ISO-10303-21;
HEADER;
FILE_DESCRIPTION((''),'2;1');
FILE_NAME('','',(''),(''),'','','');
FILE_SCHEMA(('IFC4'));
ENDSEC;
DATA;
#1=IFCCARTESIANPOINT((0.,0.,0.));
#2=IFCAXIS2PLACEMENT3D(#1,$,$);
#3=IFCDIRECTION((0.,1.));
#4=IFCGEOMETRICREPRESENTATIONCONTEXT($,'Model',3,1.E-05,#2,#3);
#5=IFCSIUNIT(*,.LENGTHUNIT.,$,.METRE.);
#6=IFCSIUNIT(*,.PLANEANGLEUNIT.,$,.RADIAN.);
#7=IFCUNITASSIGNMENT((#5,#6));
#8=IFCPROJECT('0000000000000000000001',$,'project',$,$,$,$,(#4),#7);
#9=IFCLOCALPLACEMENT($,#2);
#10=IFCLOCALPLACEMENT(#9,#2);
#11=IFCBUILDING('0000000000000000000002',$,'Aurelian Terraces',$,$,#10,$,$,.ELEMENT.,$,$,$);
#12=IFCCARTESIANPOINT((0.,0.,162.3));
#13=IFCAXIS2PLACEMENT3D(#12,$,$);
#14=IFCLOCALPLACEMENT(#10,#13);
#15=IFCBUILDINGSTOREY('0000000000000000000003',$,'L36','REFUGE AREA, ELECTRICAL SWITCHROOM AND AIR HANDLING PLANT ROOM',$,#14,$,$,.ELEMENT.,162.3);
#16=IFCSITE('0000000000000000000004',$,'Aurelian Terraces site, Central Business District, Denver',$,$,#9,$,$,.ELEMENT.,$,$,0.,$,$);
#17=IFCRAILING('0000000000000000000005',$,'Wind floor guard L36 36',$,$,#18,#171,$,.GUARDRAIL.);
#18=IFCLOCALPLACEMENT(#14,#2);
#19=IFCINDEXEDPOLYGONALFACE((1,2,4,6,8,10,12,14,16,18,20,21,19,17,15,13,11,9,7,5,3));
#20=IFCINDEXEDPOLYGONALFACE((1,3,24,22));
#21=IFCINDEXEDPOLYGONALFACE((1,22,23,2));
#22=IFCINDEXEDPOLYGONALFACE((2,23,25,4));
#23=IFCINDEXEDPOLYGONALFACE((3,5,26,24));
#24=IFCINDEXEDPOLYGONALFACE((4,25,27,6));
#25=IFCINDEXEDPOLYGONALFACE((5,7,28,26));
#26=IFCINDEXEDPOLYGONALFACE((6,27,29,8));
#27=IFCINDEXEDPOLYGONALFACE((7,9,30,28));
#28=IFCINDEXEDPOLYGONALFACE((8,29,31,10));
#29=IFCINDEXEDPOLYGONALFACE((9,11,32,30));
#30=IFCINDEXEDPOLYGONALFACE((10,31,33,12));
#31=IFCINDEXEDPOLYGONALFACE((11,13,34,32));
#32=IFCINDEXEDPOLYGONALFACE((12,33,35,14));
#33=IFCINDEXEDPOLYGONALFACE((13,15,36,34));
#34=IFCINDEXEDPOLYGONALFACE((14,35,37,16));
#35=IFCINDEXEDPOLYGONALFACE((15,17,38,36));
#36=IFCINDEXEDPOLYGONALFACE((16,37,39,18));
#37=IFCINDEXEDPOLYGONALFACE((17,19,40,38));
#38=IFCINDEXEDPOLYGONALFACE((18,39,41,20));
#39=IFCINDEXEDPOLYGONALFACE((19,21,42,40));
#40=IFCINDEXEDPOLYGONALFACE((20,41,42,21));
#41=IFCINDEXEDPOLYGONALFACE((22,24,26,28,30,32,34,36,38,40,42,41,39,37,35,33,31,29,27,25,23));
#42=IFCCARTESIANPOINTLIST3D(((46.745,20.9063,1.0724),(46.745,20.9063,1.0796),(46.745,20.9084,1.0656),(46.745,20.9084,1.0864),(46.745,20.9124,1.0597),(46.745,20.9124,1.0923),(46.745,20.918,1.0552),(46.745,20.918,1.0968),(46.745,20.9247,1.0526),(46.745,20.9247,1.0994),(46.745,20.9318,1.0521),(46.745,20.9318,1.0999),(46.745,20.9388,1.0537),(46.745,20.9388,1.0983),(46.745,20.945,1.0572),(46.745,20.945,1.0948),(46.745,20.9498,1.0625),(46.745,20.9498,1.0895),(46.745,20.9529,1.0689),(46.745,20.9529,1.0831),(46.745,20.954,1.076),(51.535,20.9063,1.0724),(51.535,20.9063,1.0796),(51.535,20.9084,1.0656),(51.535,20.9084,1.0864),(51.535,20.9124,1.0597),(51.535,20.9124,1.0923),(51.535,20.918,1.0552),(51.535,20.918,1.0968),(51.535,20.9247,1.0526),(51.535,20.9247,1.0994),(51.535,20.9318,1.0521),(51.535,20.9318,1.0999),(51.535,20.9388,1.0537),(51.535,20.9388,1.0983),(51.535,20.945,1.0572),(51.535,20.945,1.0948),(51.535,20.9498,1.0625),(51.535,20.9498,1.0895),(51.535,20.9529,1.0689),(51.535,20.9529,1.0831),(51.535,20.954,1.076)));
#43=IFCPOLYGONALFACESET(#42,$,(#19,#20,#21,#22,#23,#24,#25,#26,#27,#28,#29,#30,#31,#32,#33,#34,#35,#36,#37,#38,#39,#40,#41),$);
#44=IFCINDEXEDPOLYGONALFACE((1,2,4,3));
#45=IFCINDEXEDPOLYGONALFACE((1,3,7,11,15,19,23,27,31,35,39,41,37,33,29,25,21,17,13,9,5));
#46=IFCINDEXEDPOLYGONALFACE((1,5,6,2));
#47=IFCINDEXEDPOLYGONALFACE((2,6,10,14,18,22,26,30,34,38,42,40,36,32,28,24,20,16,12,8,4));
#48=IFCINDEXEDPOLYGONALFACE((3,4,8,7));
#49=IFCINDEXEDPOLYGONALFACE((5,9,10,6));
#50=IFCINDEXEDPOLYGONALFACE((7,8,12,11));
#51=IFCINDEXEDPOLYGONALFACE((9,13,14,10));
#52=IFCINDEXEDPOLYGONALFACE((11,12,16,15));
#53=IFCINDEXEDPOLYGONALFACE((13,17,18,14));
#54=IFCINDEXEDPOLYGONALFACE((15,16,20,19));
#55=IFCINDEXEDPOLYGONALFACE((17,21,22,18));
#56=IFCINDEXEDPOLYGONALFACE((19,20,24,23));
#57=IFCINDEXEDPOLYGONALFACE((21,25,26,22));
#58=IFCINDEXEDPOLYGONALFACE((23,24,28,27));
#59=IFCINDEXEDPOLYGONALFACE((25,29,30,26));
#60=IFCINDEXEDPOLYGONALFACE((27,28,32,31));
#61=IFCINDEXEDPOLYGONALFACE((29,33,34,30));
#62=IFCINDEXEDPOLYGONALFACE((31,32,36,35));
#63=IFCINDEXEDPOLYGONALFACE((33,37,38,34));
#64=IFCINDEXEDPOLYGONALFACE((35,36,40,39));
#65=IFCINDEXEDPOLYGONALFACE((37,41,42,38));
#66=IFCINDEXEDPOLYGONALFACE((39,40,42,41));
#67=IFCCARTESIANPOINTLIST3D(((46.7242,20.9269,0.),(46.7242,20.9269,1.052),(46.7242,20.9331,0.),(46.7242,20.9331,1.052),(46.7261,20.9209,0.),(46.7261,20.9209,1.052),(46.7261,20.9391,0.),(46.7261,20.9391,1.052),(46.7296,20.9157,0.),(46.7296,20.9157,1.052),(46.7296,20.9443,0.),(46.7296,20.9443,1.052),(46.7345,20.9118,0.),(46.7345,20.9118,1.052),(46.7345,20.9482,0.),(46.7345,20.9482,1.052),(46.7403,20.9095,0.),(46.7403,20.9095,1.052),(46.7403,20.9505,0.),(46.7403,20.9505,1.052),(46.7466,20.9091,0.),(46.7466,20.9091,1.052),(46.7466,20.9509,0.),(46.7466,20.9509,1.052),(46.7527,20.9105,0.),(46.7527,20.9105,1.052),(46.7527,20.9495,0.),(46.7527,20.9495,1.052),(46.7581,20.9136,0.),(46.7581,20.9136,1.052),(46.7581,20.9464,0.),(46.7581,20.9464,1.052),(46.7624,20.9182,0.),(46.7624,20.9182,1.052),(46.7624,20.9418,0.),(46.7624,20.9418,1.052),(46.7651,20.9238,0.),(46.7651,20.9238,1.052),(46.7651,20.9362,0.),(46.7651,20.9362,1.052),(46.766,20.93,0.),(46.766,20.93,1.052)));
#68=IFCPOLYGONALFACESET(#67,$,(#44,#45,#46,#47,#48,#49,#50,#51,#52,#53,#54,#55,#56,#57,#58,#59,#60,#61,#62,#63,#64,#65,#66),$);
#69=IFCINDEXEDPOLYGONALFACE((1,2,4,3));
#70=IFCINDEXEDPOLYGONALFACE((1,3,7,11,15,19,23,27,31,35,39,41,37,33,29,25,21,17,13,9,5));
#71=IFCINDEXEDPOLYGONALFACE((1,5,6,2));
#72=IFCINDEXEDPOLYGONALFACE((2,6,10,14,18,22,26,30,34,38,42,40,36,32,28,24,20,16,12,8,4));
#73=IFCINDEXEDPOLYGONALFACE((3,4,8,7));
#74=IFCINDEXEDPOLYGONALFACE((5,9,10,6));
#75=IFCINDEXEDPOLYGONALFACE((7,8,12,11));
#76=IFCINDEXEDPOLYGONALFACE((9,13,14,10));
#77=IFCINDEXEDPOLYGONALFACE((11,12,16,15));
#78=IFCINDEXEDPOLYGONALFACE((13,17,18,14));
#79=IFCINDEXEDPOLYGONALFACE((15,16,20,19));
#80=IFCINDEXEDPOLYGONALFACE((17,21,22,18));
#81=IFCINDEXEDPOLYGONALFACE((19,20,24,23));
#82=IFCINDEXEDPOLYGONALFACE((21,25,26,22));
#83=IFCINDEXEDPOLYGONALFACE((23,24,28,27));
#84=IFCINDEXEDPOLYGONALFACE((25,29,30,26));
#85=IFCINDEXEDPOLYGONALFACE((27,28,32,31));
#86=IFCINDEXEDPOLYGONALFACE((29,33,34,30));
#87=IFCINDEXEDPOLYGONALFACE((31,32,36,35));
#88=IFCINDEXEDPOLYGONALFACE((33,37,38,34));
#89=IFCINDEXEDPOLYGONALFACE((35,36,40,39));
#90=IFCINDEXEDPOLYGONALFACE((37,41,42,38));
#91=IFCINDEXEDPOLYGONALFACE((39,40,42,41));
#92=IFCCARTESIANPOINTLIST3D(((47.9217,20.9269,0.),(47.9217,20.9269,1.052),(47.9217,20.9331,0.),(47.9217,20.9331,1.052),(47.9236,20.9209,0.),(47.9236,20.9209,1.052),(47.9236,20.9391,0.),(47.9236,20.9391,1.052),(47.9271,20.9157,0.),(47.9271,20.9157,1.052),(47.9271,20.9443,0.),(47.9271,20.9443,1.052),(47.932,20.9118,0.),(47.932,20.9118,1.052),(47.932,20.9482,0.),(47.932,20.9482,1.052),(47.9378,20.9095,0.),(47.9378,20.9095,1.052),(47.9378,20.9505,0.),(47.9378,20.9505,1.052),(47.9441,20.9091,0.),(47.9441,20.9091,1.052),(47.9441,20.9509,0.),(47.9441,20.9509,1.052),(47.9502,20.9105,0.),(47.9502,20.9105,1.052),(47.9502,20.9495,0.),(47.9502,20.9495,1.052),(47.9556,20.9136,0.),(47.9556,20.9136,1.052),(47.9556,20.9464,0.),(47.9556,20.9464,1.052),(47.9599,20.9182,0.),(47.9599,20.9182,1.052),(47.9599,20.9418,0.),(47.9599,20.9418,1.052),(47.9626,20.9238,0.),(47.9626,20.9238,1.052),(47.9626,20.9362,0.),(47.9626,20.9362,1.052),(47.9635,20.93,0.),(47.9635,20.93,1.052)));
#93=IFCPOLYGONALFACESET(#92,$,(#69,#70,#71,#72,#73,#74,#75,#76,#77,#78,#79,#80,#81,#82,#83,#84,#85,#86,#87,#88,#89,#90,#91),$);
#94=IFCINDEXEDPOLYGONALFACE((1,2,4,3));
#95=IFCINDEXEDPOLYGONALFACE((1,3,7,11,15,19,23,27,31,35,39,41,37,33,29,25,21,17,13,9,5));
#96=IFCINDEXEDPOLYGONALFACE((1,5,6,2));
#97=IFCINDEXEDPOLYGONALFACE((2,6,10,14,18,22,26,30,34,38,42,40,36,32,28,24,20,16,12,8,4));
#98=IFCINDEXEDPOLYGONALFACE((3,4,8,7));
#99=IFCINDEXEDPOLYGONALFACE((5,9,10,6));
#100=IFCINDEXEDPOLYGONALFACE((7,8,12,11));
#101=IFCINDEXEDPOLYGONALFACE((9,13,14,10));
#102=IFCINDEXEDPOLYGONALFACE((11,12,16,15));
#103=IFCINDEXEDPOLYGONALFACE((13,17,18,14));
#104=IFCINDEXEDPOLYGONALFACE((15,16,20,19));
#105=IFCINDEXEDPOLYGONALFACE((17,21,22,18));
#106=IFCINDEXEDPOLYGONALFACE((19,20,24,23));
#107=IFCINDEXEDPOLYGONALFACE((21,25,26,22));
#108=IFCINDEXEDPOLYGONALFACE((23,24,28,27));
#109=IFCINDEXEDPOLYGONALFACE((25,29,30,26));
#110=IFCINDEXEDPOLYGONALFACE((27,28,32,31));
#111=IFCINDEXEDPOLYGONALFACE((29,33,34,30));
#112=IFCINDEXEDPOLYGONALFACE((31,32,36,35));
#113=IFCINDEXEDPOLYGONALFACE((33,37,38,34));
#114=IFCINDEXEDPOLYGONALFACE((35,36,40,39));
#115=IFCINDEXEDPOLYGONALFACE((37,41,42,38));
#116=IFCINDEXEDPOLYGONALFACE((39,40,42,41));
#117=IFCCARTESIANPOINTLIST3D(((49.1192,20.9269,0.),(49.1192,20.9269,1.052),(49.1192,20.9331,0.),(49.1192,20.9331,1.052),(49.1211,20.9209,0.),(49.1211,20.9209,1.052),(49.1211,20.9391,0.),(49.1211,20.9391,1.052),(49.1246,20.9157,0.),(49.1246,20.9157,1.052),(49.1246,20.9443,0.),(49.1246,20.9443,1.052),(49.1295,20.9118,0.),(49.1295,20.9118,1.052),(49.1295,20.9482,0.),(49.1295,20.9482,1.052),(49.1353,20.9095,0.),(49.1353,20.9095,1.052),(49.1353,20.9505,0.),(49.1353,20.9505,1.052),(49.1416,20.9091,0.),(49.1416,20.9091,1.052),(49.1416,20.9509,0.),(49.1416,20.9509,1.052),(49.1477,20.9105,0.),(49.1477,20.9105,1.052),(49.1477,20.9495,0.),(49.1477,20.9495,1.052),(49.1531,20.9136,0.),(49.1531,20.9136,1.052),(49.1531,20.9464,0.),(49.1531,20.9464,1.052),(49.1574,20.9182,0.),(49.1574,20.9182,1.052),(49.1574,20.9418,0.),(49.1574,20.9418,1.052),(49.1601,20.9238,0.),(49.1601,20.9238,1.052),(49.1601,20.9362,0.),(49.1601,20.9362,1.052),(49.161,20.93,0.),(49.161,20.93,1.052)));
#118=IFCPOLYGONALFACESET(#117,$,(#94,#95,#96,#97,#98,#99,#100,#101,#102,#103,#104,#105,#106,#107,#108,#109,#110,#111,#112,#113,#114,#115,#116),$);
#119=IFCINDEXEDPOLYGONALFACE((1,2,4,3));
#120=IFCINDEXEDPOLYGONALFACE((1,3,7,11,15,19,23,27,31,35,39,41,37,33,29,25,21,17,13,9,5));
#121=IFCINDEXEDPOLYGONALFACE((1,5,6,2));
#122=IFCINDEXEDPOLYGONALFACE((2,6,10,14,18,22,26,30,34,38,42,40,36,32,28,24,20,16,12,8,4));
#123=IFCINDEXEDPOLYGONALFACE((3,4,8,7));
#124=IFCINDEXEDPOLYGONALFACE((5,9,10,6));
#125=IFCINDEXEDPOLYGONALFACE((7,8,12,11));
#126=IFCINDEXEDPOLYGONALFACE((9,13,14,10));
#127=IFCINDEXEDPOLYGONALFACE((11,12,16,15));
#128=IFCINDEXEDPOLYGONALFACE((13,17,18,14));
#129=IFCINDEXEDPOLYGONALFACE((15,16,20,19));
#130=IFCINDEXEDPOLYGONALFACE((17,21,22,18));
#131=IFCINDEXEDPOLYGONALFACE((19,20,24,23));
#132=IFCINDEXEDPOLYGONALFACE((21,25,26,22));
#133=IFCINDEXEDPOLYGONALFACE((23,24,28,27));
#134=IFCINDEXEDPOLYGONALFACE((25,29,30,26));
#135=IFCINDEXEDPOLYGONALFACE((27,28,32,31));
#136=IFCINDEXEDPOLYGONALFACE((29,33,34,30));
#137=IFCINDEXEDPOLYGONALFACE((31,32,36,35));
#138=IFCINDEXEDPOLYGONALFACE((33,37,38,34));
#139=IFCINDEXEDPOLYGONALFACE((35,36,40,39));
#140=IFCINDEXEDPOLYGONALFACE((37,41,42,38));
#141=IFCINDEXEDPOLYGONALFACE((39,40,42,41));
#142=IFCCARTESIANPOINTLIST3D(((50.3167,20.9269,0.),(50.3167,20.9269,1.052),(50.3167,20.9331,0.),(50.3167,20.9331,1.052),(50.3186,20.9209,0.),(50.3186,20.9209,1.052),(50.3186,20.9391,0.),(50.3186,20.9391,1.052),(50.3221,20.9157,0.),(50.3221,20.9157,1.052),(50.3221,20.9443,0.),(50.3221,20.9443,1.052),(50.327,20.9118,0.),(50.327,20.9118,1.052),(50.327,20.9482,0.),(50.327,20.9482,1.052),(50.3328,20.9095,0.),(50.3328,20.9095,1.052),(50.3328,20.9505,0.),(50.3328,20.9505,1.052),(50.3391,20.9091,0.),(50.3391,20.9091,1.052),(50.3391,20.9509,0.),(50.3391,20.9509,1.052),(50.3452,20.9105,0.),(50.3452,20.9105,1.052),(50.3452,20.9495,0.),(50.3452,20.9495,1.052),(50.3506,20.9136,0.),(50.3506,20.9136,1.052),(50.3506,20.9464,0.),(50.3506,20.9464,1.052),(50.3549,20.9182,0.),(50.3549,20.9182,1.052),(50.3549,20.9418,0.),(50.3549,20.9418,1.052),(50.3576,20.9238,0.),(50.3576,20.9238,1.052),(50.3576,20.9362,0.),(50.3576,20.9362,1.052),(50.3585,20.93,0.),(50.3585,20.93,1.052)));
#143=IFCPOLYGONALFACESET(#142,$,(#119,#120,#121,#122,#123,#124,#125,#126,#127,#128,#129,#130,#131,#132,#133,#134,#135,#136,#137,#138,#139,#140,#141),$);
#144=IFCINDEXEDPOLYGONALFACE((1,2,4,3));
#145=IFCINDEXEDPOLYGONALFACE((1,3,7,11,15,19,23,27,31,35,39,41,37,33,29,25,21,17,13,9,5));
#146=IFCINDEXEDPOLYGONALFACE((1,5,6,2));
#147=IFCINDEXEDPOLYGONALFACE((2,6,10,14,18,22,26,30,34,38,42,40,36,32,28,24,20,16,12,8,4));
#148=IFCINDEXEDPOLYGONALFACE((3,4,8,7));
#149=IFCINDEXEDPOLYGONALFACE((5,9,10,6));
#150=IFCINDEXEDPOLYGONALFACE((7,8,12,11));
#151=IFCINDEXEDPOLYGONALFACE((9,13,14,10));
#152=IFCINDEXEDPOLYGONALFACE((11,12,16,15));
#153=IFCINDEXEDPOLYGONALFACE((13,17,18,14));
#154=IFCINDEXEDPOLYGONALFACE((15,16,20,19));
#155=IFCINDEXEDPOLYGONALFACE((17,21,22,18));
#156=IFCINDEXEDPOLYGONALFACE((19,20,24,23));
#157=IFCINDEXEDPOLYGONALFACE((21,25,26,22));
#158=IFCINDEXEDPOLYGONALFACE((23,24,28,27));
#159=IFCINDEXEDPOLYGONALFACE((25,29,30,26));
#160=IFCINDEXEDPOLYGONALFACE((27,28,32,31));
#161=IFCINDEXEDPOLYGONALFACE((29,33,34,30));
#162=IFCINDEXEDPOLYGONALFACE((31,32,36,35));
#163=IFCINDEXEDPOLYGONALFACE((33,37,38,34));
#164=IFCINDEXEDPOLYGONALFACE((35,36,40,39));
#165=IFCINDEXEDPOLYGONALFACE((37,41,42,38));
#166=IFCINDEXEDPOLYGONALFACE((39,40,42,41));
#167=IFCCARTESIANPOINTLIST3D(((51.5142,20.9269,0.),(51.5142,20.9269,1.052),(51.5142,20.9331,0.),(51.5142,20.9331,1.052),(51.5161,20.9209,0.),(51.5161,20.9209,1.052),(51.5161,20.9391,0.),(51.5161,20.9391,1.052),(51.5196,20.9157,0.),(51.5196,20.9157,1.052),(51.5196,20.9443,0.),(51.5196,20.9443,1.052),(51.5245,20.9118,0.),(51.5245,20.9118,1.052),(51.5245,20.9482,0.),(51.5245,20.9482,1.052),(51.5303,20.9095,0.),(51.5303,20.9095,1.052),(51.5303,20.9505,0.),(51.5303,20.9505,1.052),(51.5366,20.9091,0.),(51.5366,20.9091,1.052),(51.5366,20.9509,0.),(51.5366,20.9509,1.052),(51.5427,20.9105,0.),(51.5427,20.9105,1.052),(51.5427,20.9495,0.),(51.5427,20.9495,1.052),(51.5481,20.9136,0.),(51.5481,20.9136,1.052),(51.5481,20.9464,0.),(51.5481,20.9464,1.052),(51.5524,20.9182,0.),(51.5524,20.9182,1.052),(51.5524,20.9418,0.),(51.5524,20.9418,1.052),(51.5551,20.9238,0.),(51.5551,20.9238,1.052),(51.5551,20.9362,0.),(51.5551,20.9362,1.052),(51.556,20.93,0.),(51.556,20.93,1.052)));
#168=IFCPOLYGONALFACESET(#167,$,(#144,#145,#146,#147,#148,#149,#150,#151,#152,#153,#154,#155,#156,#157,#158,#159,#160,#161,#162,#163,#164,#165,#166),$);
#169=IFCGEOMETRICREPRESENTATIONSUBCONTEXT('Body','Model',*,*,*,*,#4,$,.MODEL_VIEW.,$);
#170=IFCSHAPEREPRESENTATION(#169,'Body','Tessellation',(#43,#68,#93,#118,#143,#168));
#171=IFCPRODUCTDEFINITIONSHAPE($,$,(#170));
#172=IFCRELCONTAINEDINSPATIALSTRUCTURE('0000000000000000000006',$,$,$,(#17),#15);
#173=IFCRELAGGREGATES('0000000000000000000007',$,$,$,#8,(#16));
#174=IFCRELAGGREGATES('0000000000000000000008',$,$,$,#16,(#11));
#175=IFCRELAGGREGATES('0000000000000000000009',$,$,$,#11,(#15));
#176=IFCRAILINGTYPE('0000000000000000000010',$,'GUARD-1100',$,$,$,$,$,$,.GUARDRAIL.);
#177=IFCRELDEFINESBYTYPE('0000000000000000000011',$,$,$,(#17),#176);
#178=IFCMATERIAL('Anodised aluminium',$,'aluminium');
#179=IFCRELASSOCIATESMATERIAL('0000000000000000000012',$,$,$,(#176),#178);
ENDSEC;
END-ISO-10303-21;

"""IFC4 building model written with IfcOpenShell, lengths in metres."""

from ifc_helpers import new_model, si_unit, direction, frame, origin, origin_2d, place, context, subcontext, project, spatial, circle, extrude, material, type_object, element, save


model = new_model("IFC4")

# Units and contexts
model_context = context("Model", 3, precision=1e-05, world=origin(), true_north=direction((0.0, 1.0)))
body_context = subcontext(model_context, "Body", "Model", "MODEL_VIEW")
ifc_project = project(units=[si_unit("LENGTHUNIT", "METRE"), si_unit("PLANEANGLEUNIT", "RADIAN")], contexts=[model_context])

# Site, building, storey
site_placement = place(None, origin())
site = spatial("IfcSite", under=ifc_project, at=site_placement, Name="Aurelian Terraces site, Central Business District, Denver", CompositionType="ELEMENT", RefElevation=0.0)
building_placement = place(site_placement, origin())
building = spatial("IfcBuilding", under=site, at=building_placement, Name="Aurelian Terraces", CompositionType="ELEMENT")
storey_placement = place(building_placement, frame((0.0, 0.0, 162.3)))
storey = spatial("IfcBuildingStorey", under=building, at=storey_placement, Name="L36", Description="REFUGE AREA, ELECTRICAL SWITCHROOM AND AIR HANDLING PLANT ROOM", CompositionType="ELEMENT", Elevation=162.3)

# Railing
ifc_material_1 = material(Name="Anodised aluminium", Category="aluminium")
railing_type_1 = type_object("IfcRailingType", Name="GUARD-1100", PredefinedType="GUARDRAIL", material=ifc_material_1)
railing_1_placement = place(storey_placement, frame((46.745, 20.93, 0.0)))
element("IfcRailing", 1, at=railing_1_placement, inside=storey, type_object=railing_type_1, Name="Wind floor guard L36 36", PredefinedType="GUARDRAIL", context=body_context, shape_type="SweptSolid", body=[
    extrude(circle(Radius=0.024, at=origin_2d()), frame((0.0, 0.0, 1.076), z_axis=(1.0, 0.0, 0.0), x_axis=(0.0, 1.0, 0.0)), (0.0, 0.0, 1.0), 4.79),
    extrude(circle(Radius=0.021, at=origin_2d()), origin(), (0.0, 0.0, 1.0), 1.052),
    extrude(circle(Radius=0.021, at=origin_2d()), frame((1.1975, 0.0, 0.0)), (0.0, 0.0, 1.0), 1.052),
    extrude(circle(Radius=0.021, at=origin_2d()), frame((2.395, 0.0, 0.0)), (0.0, 0.0, 1.0), 1.052),
    extrude(circle(Radius=0.021, at=origin_2d()), frame((3.5925, 0.0, 0.0)), (0.0, 0.0, 1.0), 1.052),
    extrude(circle(Radius=0.021, at=origin_2d()), frame((4.79, 0.0, 0.0)), (0.0, 0.0, 1.0), 1.052),
])

save(model, "model.ifc")
